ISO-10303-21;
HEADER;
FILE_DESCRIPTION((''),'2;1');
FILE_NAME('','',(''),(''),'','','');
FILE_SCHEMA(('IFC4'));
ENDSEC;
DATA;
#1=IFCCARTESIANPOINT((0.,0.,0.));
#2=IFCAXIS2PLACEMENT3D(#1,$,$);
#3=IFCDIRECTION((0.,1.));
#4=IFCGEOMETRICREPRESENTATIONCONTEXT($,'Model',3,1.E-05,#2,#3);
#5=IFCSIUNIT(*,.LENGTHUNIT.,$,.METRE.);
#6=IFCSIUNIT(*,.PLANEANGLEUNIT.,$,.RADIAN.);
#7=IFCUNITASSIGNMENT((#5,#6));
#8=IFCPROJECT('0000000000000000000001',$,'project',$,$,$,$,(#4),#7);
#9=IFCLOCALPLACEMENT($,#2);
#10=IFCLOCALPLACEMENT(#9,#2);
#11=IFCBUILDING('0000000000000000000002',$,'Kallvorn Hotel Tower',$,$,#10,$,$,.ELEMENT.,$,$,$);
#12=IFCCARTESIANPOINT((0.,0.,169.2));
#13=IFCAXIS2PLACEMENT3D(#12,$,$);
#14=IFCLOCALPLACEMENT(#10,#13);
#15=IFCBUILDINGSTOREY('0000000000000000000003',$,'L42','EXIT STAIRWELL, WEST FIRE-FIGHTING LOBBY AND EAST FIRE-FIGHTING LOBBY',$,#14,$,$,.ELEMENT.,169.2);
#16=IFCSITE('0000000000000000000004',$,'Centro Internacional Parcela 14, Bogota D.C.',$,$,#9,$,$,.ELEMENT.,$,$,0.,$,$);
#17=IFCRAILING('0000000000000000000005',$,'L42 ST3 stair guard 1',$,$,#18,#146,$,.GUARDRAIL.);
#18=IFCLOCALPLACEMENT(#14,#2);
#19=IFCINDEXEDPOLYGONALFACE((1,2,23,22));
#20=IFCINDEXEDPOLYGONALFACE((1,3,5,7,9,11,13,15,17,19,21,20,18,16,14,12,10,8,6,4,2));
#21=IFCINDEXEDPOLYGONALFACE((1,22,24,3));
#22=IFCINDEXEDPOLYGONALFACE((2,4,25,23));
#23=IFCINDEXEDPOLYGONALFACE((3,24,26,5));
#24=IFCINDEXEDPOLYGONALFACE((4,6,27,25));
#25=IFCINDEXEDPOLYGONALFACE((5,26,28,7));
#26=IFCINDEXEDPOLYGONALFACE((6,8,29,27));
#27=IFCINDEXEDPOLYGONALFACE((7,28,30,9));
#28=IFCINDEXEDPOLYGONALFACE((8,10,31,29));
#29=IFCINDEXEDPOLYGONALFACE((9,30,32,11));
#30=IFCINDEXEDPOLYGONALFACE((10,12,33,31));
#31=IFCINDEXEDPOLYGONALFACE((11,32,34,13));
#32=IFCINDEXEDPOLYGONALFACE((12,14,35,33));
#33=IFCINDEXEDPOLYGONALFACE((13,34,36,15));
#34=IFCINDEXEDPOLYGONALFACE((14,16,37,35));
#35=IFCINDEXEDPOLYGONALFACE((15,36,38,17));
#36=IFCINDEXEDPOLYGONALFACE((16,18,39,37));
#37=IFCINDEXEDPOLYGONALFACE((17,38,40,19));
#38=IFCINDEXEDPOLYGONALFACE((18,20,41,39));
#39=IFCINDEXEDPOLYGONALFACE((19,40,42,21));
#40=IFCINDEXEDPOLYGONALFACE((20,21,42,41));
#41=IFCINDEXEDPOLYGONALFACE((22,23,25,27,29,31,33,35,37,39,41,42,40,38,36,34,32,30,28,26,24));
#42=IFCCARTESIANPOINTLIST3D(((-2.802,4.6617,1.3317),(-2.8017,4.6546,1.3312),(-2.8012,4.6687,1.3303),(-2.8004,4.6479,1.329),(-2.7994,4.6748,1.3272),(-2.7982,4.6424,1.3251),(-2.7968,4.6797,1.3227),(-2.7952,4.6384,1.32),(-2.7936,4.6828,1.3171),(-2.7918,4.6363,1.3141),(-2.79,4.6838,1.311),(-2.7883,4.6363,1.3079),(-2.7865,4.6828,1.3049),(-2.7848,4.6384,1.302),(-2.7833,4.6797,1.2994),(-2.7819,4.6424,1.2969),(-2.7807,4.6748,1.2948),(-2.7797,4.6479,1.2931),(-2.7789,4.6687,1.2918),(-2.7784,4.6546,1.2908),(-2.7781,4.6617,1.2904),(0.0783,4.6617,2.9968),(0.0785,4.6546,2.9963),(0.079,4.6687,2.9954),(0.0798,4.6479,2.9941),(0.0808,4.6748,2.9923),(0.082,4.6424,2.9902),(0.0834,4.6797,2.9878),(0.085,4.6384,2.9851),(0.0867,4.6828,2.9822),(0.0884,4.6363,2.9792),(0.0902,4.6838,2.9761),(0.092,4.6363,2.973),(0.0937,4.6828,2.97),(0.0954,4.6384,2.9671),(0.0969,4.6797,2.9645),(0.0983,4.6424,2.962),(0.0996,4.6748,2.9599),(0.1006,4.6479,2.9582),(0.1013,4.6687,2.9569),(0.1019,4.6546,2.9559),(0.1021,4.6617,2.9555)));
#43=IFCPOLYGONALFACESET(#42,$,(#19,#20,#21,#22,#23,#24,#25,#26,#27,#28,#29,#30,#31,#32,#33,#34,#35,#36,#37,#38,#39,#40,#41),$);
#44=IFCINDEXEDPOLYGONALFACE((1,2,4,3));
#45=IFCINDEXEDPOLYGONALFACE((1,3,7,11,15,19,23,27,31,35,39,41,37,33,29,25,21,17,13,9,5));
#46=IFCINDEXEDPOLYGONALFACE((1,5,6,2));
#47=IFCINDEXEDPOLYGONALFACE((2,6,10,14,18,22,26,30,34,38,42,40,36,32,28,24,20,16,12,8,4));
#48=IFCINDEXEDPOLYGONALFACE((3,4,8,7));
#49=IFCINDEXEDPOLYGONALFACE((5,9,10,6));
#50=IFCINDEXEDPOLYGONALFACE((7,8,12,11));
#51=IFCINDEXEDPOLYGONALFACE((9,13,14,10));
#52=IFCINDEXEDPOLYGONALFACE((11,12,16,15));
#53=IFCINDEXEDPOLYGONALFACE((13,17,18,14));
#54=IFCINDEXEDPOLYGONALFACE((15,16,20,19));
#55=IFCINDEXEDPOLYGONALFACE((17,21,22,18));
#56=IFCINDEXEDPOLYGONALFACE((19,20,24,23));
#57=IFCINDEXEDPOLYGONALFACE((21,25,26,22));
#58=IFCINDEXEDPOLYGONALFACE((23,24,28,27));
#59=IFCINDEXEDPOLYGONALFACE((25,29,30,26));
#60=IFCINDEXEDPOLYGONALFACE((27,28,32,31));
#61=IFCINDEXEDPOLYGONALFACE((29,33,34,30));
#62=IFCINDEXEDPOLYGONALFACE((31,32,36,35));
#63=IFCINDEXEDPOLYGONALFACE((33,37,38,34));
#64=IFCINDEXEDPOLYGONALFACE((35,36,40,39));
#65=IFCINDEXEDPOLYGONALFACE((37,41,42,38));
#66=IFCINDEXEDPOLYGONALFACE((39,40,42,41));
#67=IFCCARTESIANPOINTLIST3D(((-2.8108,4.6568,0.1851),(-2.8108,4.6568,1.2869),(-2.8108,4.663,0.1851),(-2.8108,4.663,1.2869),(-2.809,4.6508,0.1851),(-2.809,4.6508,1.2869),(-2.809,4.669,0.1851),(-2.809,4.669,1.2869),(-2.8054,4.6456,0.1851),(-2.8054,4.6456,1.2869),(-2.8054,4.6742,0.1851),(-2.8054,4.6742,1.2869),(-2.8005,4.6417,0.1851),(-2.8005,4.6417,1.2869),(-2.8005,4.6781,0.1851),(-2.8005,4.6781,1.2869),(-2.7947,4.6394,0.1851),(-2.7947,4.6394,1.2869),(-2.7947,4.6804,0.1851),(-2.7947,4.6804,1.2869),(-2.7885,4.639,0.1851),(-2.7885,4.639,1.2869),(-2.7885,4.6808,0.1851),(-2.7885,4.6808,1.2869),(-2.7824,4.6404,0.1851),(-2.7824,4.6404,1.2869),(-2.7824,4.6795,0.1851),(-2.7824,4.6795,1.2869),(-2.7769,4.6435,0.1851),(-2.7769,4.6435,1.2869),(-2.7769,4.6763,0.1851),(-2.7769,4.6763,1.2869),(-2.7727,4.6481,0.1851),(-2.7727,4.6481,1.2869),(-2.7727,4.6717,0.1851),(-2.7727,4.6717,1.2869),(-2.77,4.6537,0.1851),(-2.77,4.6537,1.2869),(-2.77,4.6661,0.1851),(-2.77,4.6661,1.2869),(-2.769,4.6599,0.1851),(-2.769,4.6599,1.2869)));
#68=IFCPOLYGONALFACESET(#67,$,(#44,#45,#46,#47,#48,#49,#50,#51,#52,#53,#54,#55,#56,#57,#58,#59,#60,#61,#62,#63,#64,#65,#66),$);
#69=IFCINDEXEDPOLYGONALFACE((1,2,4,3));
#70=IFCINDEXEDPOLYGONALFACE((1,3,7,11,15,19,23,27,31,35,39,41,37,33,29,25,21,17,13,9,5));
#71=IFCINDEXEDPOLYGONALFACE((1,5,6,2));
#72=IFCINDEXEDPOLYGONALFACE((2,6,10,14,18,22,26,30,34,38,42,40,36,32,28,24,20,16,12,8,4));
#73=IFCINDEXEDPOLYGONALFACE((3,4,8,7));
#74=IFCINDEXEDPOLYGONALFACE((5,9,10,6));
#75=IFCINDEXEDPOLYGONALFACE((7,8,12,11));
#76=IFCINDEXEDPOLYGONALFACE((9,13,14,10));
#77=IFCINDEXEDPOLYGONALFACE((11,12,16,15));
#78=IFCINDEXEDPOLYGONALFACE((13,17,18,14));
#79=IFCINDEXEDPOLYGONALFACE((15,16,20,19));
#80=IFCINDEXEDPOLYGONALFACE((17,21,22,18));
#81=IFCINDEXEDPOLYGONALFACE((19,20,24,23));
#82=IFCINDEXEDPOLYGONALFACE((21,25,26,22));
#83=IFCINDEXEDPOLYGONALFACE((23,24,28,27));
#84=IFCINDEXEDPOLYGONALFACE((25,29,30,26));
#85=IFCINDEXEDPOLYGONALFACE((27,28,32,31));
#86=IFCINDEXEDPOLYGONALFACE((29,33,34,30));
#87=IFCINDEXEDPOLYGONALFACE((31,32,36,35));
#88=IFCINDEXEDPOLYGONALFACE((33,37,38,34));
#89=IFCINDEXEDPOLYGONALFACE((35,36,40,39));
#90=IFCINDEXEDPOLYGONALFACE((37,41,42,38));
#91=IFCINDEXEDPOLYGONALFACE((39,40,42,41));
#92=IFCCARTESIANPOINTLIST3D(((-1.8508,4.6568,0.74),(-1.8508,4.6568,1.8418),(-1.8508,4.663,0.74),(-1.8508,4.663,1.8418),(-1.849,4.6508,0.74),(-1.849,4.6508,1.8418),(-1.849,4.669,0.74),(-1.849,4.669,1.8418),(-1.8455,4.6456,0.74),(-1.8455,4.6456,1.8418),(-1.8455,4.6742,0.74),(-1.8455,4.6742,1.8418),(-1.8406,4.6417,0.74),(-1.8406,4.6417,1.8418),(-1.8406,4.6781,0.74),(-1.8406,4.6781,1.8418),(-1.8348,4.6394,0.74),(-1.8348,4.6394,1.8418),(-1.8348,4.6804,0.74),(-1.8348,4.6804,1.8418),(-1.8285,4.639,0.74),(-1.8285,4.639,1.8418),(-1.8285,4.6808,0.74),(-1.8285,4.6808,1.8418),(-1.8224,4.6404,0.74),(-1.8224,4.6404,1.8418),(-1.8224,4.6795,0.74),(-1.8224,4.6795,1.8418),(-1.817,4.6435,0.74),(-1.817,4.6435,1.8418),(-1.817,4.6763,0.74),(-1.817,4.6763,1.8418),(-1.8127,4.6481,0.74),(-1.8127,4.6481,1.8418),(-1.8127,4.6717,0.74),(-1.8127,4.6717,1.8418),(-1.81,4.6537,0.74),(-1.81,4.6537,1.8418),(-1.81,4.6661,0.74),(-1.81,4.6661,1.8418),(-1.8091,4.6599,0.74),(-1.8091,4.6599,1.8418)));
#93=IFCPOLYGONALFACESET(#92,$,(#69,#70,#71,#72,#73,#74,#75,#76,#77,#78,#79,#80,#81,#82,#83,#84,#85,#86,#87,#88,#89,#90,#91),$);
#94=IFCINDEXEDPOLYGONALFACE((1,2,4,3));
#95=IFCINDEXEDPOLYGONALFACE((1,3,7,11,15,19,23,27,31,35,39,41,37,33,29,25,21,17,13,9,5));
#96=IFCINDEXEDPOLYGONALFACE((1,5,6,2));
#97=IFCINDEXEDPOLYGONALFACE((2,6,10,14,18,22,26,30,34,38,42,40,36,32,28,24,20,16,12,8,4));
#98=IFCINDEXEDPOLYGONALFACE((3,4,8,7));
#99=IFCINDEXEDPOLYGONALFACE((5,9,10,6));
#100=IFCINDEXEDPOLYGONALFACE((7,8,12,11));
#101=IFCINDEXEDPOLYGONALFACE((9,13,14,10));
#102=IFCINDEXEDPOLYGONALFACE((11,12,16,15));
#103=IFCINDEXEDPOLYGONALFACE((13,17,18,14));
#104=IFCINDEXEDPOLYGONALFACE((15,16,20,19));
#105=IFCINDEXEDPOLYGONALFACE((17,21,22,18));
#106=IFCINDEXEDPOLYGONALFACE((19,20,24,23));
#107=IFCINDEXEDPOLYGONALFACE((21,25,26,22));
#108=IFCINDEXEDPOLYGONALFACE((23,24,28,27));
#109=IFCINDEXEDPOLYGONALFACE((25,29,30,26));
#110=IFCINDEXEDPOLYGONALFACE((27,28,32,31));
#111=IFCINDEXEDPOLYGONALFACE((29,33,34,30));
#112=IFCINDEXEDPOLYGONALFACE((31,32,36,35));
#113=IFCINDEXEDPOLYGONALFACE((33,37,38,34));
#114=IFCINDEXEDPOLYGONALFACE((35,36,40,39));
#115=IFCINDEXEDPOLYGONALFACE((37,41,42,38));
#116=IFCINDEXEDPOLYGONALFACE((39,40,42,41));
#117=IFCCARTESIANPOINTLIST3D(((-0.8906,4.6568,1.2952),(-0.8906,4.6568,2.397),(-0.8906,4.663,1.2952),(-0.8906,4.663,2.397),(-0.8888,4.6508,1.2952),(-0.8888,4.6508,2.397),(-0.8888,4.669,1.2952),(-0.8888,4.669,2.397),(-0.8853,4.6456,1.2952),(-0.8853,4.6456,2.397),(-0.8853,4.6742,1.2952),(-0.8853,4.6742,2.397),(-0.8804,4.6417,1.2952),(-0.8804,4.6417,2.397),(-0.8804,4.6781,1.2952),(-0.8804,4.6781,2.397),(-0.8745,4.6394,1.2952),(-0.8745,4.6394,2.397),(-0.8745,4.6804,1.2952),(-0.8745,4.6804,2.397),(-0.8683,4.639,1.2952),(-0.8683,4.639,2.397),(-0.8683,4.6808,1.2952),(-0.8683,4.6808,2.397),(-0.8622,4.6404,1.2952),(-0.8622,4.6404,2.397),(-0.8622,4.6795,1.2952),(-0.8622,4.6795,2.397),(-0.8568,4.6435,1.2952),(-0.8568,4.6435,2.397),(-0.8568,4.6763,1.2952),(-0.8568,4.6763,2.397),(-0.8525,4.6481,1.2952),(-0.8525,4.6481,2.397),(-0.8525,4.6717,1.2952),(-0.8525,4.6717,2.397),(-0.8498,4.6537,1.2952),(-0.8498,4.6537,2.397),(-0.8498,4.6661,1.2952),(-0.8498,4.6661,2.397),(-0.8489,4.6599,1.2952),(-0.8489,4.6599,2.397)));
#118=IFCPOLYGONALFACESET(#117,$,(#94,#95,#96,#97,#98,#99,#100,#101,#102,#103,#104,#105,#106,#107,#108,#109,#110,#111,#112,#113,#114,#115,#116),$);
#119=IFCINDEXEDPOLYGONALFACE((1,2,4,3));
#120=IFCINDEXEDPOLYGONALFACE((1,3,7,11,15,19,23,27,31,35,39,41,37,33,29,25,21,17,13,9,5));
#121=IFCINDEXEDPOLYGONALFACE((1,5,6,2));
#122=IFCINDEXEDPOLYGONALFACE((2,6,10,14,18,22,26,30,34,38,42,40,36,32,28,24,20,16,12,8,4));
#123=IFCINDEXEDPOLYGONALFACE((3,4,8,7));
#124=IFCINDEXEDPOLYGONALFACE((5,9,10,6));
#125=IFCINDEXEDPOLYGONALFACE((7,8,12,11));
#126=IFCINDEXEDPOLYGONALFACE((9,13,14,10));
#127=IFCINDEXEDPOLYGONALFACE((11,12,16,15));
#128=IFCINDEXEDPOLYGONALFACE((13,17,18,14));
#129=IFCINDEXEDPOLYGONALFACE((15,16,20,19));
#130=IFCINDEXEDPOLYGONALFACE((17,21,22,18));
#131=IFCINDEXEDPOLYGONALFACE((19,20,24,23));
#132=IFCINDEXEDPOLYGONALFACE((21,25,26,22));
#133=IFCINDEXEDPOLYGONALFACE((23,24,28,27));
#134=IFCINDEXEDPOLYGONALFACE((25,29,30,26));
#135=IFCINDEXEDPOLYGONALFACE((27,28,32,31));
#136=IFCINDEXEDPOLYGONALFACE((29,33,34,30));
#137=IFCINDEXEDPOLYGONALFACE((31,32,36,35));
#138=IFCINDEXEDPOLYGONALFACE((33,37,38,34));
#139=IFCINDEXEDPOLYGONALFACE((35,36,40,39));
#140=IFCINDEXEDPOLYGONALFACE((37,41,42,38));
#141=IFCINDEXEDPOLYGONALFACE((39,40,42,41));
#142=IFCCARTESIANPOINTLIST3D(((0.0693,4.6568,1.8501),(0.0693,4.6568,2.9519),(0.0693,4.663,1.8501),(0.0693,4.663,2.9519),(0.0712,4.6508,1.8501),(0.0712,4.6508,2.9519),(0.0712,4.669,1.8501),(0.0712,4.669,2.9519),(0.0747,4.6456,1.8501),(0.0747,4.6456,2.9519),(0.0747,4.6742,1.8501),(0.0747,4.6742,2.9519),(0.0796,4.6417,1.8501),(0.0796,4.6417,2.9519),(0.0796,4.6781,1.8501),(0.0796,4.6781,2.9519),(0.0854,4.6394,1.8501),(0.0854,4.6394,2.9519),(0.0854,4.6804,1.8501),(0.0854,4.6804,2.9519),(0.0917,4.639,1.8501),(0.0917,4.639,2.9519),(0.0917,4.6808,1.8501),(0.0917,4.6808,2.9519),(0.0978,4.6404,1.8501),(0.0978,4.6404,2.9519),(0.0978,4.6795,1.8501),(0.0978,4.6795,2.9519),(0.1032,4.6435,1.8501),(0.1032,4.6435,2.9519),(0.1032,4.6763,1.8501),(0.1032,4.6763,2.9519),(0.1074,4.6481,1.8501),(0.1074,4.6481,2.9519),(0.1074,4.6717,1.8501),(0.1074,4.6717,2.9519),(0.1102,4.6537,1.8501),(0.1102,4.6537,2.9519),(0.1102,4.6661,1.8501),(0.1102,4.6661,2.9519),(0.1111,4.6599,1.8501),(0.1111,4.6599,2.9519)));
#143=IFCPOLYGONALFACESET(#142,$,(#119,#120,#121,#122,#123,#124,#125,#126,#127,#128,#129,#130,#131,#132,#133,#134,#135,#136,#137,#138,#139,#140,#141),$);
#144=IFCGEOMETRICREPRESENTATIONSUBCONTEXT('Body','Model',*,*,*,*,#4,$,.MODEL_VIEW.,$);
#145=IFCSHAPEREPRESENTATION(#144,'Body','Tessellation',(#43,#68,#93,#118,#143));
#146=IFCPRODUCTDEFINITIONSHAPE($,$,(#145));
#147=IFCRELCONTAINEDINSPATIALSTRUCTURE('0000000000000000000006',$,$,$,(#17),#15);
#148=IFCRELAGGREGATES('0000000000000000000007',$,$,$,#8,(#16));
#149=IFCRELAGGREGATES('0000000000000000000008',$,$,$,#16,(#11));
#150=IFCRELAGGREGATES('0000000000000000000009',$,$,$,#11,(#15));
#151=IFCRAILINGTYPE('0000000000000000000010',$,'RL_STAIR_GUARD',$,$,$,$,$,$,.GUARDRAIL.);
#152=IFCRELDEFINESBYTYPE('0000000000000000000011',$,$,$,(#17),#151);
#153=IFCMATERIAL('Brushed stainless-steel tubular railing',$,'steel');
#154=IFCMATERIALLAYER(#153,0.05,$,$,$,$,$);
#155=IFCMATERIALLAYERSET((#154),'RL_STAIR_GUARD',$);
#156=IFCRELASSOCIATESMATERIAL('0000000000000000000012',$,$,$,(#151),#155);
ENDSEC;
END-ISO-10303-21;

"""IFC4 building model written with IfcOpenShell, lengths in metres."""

from ifc_helpers import new_model, si_unit, direction, frame, origin, origin_2d, place, context, subcontext, project, spatial, circle, extrude, material, layer, layer_set, type_object, element, save


model = new_model("IFC4")

# Units and contexts
model_context = context("Model", 3, precision=1e-05, world=origin(), true_north=direction((0.0, 1.0)))
body_context = subcontext(model_context, "Body", "Model", "MODEL_VIEW")
ifc_project = project(units=[si_unit("LENGTHUNIT", "METRE"), si_unit("PLANEANGLEUNIT", "RADIAN")], contexts=[model_context])

# Site, building, storey
site_placement = place(None, origin())
site = spatial("IfcSite", under=ifc_project, at=site_placement, Name="Centro Internacional Parcela 14, Bogota D.C.", CompositionType="ELEMENT", RefElevation=0.0)
building_placement = place(site_placement, origin())
building = spatial("IfcBuilding", under=site, at=building_placement, Name="Kallvorn Hotel Tower", CompositionType="ELEMENT")
storey_placement = place(building_placement, frame((0.0, 0.0, 169.2)))
storey = spatial("IfcBuildingStorey", under=building, at=storey_placement, Name="L42", Description="EXIT STAIRWELL, WEST FIRE-FIGHTING LOBBY AND EAST FIRE-FIGHTING LOBBY", CompositionType="ELEMENT", Elevation=169.2)

# Railing
ifc_material_1 = material(Name="Brushed stainless-steel tubular railing", Category="steel")
ifc_layer_1 = layer(ifc_material_1, 0.05)
ifc_layer_set_1 = layer_set([ifc_layer_1], Name="RL_STAIR_GUARD")
railing_type_1 = type_object("IfcRailingType", Name="RL_STAIR_GUARD", PredefinedType="GUARDRAIL", material=ifc_layer_set_1)
railing_1_placement = place(storey_placement, frame((-2.79, 4.6599, 0.1851)))
element("IfcRailing", 1, at=railing_1_placement, inside=storey, type_object=railing_type_1, Name="L42 ST3 stair guard 1", PredefinedType="GUARDRAIL", context=body_context, shape_type="SweptSolid", body=[
    extrude(circle(Radius=0.0239, at=origin_2d()), frame((0.0, 0.0, 1.126), z_axis=(0.865739, 0.0, 0.500495), x_axis=(0.0, 1.0, 0.0)), (0.0, 0.0, 1.0), 3.3269),
    extrude(circle(Radius=0.021, at=origin_2d()), origin(), (0.0, 0.0, 1.0), 1.1018),
    extrude(circle(Radius=0.021, at=origin_2d()), frame((0.96, 0.0, 0.5549)), (0.0, 0.0, 1.0), 1.1018),
    extrude(circle(Radius=0.021, at=origin_2d()), frame((1.9202, 0.0, 1.1101)), (0.0, 0.0, 1.0), 1.1018),
    extrude(circle(Radius=0.021, at=origin_2d()), frame((2.8801, 0.0, 1.665)), (0.0, 0.0, 1.0), 1.1018),
])

save(model, "model.ifc")
